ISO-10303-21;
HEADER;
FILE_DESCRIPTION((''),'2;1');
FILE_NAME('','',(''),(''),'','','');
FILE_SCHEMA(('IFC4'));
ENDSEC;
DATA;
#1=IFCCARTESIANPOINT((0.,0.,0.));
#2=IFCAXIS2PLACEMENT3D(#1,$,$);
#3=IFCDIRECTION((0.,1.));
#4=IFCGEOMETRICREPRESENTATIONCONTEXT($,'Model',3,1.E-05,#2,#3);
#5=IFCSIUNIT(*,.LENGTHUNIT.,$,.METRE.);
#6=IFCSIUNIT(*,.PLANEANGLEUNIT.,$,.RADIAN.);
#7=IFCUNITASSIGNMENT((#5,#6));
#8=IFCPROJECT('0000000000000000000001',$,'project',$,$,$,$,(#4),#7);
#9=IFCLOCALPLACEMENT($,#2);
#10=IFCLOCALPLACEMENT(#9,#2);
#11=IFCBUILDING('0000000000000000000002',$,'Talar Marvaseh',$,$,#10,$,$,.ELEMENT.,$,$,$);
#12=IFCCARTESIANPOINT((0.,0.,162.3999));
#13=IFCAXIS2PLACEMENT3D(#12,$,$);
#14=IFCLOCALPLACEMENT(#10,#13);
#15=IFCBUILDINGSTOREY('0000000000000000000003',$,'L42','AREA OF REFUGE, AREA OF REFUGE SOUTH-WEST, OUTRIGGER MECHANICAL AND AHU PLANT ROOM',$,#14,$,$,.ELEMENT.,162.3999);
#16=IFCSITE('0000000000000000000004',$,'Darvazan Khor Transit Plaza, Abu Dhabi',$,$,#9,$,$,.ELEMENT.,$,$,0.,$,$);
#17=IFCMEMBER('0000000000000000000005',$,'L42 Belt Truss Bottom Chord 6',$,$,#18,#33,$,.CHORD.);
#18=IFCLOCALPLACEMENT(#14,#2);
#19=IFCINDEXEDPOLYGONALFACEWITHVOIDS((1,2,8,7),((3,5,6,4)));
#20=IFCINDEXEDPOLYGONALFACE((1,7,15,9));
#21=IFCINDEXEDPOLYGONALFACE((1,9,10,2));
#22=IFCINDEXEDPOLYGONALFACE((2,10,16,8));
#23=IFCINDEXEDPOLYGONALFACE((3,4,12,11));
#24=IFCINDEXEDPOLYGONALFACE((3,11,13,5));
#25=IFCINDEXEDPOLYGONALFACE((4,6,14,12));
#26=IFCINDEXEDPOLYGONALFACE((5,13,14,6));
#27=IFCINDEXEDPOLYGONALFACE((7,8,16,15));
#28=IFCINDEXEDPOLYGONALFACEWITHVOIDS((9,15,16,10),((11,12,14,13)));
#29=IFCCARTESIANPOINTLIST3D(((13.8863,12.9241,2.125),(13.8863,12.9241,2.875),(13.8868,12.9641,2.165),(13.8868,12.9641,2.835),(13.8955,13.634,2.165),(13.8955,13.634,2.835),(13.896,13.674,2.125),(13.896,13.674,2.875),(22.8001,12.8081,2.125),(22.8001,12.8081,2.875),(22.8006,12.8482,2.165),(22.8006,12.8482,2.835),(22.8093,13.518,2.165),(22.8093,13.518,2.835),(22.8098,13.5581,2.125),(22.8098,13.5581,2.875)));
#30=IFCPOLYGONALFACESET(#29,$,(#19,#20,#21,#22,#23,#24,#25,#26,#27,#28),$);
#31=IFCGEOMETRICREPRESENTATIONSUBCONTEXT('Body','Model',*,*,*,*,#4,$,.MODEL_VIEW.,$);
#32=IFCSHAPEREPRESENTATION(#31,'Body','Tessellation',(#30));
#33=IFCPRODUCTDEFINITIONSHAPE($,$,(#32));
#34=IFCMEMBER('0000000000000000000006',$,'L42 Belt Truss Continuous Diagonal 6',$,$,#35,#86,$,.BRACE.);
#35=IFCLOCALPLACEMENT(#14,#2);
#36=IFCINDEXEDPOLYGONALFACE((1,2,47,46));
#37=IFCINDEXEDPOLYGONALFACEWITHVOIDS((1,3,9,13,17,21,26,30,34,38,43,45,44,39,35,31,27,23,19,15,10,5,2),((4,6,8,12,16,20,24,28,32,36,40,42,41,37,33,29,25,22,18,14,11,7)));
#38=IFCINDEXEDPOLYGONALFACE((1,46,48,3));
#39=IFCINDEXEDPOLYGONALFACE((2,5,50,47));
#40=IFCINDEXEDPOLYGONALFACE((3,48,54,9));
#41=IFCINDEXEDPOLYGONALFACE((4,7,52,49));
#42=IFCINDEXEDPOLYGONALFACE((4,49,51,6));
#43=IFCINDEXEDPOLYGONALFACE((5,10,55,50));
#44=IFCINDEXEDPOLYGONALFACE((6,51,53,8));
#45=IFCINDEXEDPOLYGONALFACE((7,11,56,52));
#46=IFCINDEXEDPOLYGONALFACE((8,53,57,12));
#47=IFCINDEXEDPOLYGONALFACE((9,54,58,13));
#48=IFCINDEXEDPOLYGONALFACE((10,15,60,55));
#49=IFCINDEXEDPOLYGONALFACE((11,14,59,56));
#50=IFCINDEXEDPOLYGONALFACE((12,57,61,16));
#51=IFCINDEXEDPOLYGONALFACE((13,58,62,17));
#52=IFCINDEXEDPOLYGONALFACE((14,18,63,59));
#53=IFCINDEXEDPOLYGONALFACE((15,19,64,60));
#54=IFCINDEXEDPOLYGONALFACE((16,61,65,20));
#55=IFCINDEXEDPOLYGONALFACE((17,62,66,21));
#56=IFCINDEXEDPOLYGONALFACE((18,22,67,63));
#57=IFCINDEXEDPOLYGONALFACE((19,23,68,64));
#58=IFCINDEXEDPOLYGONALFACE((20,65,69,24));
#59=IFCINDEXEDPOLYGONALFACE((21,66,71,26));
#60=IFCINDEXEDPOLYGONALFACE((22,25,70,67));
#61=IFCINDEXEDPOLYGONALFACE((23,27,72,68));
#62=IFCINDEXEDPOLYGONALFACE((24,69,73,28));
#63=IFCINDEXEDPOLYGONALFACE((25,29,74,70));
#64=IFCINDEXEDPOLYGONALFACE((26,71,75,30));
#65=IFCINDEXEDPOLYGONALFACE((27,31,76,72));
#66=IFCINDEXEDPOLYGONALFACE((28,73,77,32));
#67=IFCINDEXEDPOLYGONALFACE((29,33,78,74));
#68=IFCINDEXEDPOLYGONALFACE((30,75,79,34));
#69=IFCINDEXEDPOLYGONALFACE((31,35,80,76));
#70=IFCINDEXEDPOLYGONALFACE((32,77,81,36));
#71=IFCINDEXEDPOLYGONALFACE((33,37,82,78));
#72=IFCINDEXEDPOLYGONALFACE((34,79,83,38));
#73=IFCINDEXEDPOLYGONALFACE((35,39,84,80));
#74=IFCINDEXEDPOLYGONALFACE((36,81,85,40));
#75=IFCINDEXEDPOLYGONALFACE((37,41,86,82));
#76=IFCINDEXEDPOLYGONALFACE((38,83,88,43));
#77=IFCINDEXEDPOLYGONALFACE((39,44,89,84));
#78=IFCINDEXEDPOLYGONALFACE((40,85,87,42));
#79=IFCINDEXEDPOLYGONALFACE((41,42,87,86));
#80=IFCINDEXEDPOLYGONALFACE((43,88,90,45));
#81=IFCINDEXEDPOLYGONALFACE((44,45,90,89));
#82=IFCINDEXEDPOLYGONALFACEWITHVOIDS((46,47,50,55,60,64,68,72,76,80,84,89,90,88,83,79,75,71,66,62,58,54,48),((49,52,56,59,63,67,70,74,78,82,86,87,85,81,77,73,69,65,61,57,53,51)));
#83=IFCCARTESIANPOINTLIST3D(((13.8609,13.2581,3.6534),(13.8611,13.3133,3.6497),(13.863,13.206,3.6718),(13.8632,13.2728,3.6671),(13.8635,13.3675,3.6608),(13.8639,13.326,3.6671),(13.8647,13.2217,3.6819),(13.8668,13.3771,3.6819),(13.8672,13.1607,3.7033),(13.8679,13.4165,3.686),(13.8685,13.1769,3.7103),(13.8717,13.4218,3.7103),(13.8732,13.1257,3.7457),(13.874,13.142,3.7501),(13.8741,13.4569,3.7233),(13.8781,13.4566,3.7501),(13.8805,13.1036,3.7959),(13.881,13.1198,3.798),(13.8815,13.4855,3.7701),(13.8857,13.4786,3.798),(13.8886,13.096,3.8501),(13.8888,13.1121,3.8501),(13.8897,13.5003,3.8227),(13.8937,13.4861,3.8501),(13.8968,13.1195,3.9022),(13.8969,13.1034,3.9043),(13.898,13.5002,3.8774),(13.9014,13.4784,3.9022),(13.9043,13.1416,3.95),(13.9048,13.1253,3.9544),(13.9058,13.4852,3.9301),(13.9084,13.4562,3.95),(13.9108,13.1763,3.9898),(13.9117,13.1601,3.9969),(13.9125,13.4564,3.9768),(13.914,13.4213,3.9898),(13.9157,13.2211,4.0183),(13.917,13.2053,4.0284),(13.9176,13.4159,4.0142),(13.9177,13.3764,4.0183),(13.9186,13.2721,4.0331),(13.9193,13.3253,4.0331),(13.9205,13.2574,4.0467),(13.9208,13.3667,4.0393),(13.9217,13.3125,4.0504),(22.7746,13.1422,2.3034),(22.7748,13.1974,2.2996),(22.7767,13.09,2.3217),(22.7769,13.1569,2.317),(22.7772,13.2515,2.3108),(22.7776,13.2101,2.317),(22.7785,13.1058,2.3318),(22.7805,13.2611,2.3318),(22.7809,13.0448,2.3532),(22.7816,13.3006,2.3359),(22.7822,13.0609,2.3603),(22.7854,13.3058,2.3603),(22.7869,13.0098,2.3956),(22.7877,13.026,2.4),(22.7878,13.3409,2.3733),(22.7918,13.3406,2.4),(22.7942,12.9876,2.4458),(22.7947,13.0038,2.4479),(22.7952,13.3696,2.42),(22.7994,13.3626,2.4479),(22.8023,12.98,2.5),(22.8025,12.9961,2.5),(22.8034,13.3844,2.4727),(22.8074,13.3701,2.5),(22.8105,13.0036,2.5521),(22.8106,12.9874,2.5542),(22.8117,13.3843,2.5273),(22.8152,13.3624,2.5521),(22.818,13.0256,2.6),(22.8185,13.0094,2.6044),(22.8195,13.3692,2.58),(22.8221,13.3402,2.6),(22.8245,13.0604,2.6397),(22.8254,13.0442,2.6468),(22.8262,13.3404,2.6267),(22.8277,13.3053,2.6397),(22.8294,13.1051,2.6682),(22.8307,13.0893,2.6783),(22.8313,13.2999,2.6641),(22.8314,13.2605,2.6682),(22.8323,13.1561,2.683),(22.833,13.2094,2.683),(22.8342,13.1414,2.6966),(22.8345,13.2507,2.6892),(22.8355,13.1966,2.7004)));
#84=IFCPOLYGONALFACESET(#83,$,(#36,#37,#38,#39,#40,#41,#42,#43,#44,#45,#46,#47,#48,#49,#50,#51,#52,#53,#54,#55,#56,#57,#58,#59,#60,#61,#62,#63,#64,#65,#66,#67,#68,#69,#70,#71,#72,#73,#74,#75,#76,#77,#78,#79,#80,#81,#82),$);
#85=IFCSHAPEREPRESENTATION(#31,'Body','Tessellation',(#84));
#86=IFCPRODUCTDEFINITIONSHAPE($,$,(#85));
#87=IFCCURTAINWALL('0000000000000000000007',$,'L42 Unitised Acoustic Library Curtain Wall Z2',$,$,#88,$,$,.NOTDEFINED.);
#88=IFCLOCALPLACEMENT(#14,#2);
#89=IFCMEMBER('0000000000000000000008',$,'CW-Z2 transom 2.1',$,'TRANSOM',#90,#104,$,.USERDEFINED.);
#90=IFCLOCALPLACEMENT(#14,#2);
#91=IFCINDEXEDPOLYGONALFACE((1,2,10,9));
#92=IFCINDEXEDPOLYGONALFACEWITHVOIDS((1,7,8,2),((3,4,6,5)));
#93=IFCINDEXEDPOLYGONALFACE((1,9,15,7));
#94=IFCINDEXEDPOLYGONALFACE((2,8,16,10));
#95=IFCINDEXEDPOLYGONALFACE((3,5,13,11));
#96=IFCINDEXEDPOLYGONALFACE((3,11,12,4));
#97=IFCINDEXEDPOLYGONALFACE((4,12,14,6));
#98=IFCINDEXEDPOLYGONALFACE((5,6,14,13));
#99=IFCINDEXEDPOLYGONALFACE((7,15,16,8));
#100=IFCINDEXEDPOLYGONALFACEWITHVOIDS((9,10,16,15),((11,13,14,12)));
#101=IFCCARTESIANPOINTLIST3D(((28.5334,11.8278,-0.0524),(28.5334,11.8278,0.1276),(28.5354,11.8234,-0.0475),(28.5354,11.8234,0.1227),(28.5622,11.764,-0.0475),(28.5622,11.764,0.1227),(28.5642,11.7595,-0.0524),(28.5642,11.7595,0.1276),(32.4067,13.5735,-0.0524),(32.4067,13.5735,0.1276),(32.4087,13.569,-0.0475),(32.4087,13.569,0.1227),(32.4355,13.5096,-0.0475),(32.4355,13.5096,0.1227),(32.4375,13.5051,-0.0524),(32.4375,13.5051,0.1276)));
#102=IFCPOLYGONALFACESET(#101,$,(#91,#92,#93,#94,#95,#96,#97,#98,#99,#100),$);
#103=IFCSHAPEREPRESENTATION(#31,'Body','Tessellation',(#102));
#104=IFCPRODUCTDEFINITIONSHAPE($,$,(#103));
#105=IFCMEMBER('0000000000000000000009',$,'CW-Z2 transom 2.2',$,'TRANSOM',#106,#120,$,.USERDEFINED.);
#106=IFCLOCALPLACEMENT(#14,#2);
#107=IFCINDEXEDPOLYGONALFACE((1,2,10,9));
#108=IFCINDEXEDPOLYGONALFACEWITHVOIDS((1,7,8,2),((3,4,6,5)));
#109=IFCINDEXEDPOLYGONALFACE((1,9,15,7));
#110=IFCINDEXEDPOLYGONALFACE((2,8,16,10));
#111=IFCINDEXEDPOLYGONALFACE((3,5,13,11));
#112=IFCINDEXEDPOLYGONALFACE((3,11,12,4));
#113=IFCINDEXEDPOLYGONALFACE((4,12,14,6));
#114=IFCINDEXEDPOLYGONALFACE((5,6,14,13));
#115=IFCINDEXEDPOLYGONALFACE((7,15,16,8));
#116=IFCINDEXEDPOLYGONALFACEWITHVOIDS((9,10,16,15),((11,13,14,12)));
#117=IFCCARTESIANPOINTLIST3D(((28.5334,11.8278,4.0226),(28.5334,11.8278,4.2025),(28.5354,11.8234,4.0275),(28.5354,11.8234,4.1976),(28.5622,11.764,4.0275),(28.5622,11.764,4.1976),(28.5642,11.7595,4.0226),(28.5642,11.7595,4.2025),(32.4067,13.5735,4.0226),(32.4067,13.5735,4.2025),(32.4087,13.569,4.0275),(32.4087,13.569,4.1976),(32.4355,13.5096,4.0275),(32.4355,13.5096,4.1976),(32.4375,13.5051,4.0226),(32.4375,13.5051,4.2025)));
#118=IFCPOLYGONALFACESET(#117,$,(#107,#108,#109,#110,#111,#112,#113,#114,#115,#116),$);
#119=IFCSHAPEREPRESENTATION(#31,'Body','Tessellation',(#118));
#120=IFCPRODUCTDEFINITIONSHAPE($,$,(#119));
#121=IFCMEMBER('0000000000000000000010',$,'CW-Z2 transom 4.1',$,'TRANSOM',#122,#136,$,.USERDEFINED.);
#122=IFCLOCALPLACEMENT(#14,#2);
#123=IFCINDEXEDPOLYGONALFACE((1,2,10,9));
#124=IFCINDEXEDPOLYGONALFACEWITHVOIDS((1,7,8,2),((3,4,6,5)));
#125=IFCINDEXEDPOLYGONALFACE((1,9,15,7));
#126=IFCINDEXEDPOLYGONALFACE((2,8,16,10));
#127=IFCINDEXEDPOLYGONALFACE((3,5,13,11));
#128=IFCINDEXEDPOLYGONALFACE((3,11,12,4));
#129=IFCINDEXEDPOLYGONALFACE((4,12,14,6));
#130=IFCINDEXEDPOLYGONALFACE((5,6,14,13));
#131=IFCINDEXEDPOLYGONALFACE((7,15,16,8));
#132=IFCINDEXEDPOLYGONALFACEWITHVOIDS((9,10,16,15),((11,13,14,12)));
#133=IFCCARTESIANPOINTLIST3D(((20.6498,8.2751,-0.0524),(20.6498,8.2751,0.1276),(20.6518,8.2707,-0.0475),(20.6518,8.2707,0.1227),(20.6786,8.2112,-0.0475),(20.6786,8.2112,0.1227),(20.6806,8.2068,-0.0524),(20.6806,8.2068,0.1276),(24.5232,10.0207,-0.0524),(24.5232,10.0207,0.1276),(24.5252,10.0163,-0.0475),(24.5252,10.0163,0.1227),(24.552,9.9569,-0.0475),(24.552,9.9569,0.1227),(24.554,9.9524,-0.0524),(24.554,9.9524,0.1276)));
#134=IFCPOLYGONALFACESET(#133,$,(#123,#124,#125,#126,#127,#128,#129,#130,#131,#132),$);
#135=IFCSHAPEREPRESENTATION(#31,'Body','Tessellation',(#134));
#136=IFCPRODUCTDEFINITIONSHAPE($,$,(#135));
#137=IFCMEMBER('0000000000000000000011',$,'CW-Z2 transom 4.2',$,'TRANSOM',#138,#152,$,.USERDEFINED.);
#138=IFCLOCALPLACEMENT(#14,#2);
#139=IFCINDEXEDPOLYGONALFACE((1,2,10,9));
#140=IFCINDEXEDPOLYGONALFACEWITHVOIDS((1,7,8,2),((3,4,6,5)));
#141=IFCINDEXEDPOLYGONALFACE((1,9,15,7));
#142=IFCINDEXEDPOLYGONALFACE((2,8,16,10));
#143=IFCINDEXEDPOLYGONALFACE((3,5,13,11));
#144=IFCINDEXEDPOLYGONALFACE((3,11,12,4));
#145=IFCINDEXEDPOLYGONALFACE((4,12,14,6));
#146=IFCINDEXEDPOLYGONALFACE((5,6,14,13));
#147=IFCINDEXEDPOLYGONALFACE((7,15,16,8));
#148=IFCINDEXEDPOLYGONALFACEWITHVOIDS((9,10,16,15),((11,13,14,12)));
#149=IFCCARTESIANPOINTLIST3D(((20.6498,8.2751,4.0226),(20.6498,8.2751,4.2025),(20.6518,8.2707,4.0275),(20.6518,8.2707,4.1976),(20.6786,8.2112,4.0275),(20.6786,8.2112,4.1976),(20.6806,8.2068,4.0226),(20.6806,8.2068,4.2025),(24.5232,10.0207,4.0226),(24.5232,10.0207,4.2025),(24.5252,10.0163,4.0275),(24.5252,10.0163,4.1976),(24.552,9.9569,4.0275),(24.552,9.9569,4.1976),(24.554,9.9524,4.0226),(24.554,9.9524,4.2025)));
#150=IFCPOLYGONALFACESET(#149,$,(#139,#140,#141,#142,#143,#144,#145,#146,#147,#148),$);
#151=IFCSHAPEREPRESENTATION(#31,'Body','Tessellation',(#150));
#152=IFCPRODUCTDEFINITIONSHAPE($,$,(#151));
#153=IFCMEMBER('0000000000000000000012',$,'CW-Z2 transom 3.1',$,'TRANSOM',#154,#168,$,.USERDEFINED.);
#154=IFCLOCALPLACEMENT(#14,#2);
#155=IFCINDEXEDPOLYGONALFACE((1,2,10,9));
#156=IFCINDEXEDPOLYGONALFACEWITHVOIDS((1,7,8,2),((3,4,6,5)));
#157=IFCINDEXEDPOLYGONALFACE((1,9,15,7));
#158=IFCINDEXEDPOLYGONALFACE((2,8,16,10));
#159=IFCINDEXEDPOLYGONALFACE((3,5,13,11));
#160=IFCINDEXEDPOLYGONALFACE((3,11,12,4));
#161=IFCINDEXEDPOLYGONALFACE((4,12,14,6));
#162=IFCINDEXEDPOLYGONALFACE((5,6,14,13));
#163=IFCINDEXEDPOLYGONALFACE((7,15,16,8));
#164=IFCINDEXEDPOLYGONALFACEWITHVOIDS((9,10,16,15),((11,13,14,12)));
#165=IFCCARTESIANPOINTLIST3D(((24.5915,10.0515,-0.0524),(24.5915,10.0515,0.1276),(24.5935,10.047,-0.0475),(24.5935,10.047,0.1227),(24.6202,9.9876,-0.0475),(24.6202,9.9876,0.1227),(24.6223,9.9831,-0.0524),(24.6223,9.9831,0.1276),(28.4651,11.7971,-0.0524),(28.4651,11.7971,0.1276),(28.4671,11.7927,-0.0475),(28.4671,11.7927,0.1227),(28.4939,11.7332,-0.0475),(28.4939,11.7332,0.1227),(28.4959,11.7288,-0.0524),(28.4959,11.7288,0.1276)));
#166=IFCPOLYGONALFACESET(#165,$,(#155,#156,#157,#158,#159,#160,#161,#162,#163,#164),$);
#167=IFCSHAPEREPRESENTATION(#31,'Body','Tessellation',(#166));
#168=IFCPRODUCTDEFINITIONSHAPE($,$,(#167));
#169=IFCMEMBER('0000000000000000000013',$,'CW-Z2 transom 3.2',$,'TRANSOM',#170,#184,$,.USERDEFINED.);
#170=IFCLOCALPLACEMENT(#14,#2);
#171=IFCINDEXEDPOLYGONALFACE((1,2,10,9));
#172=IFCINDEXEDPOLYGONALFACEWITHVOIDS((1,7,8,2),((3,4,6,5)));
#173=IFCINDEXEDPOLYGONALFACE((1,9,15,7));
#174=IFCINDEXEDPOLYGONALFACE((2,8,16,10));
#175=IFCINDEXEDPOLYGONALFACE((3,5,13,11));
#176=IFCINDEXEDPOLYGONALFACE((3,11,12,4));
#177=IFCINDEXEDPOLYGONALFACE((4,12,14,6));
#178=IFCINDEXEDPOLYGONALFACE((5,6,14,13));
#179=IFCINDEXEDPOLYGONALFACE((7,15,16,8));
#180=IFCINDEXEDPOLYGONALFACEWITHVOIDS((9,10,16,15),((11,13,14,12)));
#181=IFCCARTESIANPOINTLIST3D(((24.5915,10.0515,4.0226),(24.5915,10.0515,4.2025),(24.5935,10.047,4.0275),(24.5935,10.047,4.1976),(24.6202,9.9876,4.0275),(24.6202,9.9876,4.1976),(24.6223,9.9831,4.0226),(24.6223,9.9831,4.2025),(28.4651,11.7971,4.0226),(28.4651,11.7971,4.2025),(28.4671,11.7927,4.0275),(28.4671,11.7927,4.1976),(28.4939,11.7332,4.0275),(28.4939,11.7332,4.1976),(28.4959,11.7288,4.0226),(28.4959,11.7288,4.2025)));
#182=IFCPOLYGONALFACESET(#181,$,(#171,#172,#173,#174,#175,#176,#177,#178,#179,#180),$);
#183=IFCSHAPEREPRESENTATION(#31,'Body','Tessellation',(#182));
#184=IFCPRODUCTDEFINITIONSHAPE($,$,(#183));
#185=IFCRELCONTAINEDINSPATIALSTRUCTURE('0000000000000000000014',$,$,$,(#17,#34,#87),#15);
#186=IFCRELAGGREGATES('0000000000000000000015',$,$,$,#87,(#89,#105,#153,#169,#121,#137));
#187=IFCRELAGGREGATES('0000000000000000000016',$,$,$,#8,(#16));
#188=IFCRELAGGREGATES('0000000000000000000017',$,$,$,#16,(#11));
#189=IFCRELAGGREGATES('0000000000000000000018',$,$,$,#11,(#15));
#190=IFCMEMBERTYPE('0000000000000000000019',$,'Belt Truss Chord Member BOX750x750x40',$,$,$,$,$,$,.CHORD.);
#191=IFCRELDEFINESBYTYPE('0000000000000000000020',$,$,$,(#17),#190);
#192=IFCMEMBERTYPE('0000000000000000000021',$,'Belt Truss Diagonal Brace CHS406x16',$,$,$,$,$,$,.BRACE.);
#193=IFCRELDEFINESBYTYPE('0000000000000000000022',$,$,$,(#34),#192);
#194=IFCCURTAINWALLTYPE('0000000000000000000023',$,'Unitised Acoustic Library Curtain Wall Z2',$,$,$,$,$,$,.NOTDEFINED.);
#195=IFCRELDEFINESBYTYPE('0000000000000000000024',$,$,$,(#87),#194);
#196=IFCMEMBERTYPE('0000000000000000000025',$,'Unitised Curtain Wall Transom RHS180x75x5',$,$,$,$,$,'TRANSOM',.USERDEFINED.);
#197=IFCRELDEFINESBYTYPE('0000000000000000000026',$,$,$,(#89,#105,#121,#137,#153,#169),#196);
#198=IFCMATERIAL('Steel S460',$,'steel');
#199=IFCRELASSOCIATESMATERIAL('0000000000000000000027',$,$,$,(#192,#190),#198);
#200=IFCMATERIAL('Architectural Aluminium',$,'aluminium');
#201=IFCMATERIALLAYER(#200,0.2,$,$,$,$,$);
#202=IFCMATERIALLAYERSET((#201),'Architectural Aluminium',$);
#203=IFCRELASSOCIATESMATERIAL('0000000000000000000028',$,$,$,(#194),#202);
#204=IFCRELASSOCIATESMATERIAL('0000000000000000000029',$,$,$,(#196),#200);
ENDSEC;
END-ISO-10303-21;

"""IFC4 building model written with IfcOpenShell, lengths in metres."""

from ifc_helpers import new_model, si_unit, direction, frame, origin, origin_2d, place, context, subcontext, project, spatial, hollow_rectangle, hollow_circle, extrude, source, transform, mapped, material, layer, layer_set, material_profile, profile_set, type_object, type_shapes, element, aggregate, save


model = new_model("IFC4")

# Units and contexts
model_context = context("Model", 3, precision=1e-05, world=origin(), true_north=direction((0.0, 1.0)))
body_context = subcontext(model_context, "Body", "Model", "MODEL_VIEW")
ifc_project = project(units=[si_unit("LENGTHUNIT", "METRE"), si_unit("PLANEANGLEUNIT", "RADIAN")], contexts=[model_context])

# Site, building, storey
site_placement = place(None, origin())
site = spatial("IfcSite", under=ifc_project, at=site_placement, Name="Darvazan Khor Transit Plaza, Abu Dhabi", CompositionType="ELEMENT", RefElevation=0.0)
building_placement = place(site_placement, origin())
building = spatial("IfcBuilding", under=site, at=building_placement, Name="Talar Marvaseh", CompositionType="ELEMENT")
storey_placement = place(building_placement, frame((0.0, 0.0, 162.3999)))
storey = spatial("IfcBuildingStorey", under=building, at=storey_placement, Name="L42", Description="AREA OF REFUGE, AREA OF REFUGE SOUTH-WEST, OUTRIGGER MECHANICAL AND AHU PLANT ROOM", CompositionType="ELEMENT", Elevation=162.3999)

# Shared definitions
ifc_material_1 = material(Name="Steel S460", Category="steel")

# Members
ifc_material_profile_1 = material_profile(ifc_material_1, hollow_circle(Radius=0.2031, WallThickness=0.0161, at=origin_2d()), Name="CHS406x16")
ifc_profile_set_1 = profile_set([ifc_material_profile_1], Name="Steel S460")
member_type_1 = type_object("IfcMemberType", Name="Belt Truss Diagonal Brace CHS406x16", PredefinedType="BRACE", material=ifc_profile_set_1)
ifc_material_profile_2 = material_profile(ifc_material_1, hollow_rectangle(XDim=0.75, YDim=0.75, WallThickness=0.04, at=origin_2d()), Name="BOX750x750x40")
ifc_profile_set_2 = profile_set([ifc_material_profile_2], Name="Steel S460")
member_type_2 = type_object("IfcMemberType", Name="Belt Truss Chord Member BOX750x750x40", PredefinedType="CHORD", material=ifc_profile_set_2)
shared_shape_1 = source(origin(), body_context, "Body", "SweptSolid", [
    extrude(hollow_rectangle(XDim=0.75, YDim=0.75, WallThickness=0.04, at=origin_2d()), origin(), (0.0, 0.0, 1.0), 8.9146),
])
type_shapes(member_type_2, [shared_shape_1])
member_1_placement = place(storey_placement, frame((22.8049, 13.1831, 2.5), z_axis=(-0.999915, 0.013009, 0.0), x_axis=(-0.013009, -0.999915, 0.0)))
element("IfcMember", 1, at=member_1_placement, inside=storey, type_object=member_type_2, Name="L42 Belt Truss Bottom Chord 6", PredefinedType="CHORD", context=body_context, shape_type="MappedRepresentation", body=[
    mapped(shared_shape_1, transform((0.0, 0.0, 0.0), x_axis=(1.0, 0.0, 0.0), y_axis=(0.0, 1.0, 0.0), z_axis=(0.0, 0.0, 1.0), scale=1.0)),
])
shared_shape_2 = source(origin(), body_context, "Body", "SweptSolid", [
    extrude(hollow_circle(Radius=0.2031, WallThickness=0.0161, at=origin_2d()), origin(), (0.0, 0.0, 1.0), 9.0161),
])
member_2_placement = place(storey_placement, frame((22.8049, 13.1831, 2.5), z_axis=(-0.988642, 0.012862, 0.149741), x_axis=(-0.013009, -0.999915, 0.0)))
element("IfcMember", 2, at=member_2_placement, inside=storey, type_object=member_type_1, Name="L42 Belt Truss Continuous Diagonal 6", PredefinedType="BRACE", context=body_context, shape_type="MappedRepresentation", body=[
    mapped(shared_shape_2, transform((0.0, 0.0, 0.0), x_axis=(1.0, 0.0, 0.0), y_axis=(0.0, 1.0, 0.0), z_axis=(0.0, 0.0, 1.0), scale=1.0)),
])

# Curtain wall, members
ifc_material_2 = material(Name="Architectural Aluminium", Category="aluminium")
ifc_layer_1 = layer(ifc_material_2, 0.2)
ifc_layer_set_1 = layer_set([ifc_layer_1], Name="Architectural Aluminium")
curtain_wall_type = type_object("IfcCurtainWallType", Name="Unitised Acoustic Library Curtain Wall Z2", PredefinedType="NOTDEFINED", material=ifc_layer_set_1)
curtain_wall_placement = place(storey_placement, origin())
curtain_wall = element("IfcCurtainWall", 3, at=curtain_wall_placement, inside=storey, type_object=curtain_wall_type, Name="L42 Unitised Acoustic Library Curtain Wall Z2", PredefinedType="NOTDEFINED")
ifc_material_profile_3 = material_profile(ifc_material_2, hollow_rectangle(XDim=0.075, YDim=0.1799, WallThickness=0.0049, at=origin_2d()), Name="RHS180x75x5")
ifc_profile_set_3 = profile_set([ifc_material_profile_3], Name="Architectural Aluminium")
member_type_3 = type_object("IfcMemberType", Name="Unitised Curtain Wall Transom RHS180x75x5", ElementType="TRANSOM", PredefinedType="USERDEFINED", material=ifc_profile_set_3)
shared_shape_3 = source(origin(), body_context, "Body", "SweptSolid", [
    extrude(hollow_rectangle(XDim=0.075, YDim=0.1799, WallThickness=0.0049, at=origin_2d()), origin(), (0.0, 0.0, 1.0), 4.2485),
])
member_3_placement = place(storey_placement, frame((32.4221, 13.5393, 0.0376), z_axis=(-0.91169, -0.410878, 0.0), x_axis=(0.410878, -0.91169, 0.0)))
member_3 = element("IfcMember", 4, at=member_3_placement, type_object=member_type_3, Name="CW-Z2 transom 2.1", ObjectType="TRANSOM", PredefinedType="USERDEFINED", context=body_context, shape_type="MappedRepresentation", body=[
    mapped(shared_shape_3, transform((0.0, 0.0, 0.0), x_axis=(1.0, 0.0, 0.0), y_axis=(0.0, 1.0, 0.0), z_axis=(0.0, 0.0, 1.0), scale=1.0)),
])
member_4_placement = place(storey_placement, frame((32.4221, 13.5393, 4.1125), z_axis=(-0.91169, -0.410878, 0.0), x_axis=(0.410878, -0.91169, 0.0)))
member_4 = element("IfcMember", 5, at=member_4_placement, type_object=member_type_3, Name="CW-Z2 transom 2.2", ObjectType="TRANSOM", PredefinedType="USERDEFINED", context=body_context, shape_type="MappedRepresentation", body=[
    mapped(shared_shape_3, transform((0.0, 0.0, 0.0), x_axis=(1.0, 0.0, 0.0), y_axis=(0.0, 1.0, 0.0), z_axis=(0.0, 0.0, 1.0), scale=1.0)),
])
member_5_placement = place(storey_placement, frame((24.5386, 9.9866, 0.0376), z_axis=(-0.91169, -0.410878, 0.0), x_axis=(0.410878, -0.91169, 0.0)))
member_5 = element("IfcMember", 6, at=member_5_placement, type_object=member_type_3, Name="CW-Z2 transom 4.1", ObjectType="TRANSOM", PredefinedType="USERDEFINED", context=body_context, shape_type="MappedRepresentation", body=[
    mapped(shared_shape_3, transform((0.0, 0.0, 0.0), x_axis=(1.0, 0.0, 0.0), y_axis=(0.0, 1.0, 0.0), z_axis=(0.0, 0.0, 1.0), scale=1.0)),
])
member_6_placement = place(storey_placement, frame((24.5386, 9.9866, 4.1125), z_axis=(-0.91169, -0.410878, 0.0), x_axis=(0.410878, -0.91169, 0.0)))
member_6 = element("IfcMember", 7, at=member_6_placement, type_object=member_type_3, Name="CW-Z2 transom 4.2", ObjectType="TRANSOM", PredefinedType="USERDEFINED", context=body_context, shape_type="MappedRepresentation", body=[
    mapped(shared_shape_3, transform((0.0, 0.0, 0.0), x_axis=(1.0, 0.0, 0.0), y_axis=(0.0, 1.0, 0.0), z_axis=(0.0, 0.0, 1.0), scale=1.0)),
])
shared_shape_4 = source(origin(), body_context, "Body", "SweptSolid", [
    extrude(hollow_rectangle(XDim=0.075, YDim=0.1799, WallThickness=0.0049, at=origin_2d()), origin(), (0.0, 0.0, 1.0), 4.2488),
])
type_shapes(member_type_3, [shared_shape_3, shared_shape_4])
member_7_placement = place(storey_placement, frame((28.4805, 11.7629, 0.0376), z_axis=(-0.9117, -0.410857, 0.0), x_axis=(0.410857, -0.9117, 0.0)))
member_7 = element("IfcMember", 8, at=member_7_placement, type_object=member_type_3, Name="CW-Z2 transom 3.1", ObjectType="TRANSOM", PredefinedType="USERDEFINED", context=body_context, shape_type="MappedRepresentation", body=[
    mapped(shared_shape_4, transform((0.0, 0.0, 0.0), x_axis=(1.0, 0.0, 0.0), y_axis=(0.0, 1.0, 0.0), z_axis=(0.0, 0.0, 1.0), scale=1.0)),
])
member_8_placement = place(storey_placement, frame((28.4805, 11.7629, 4.1125), z_axis=(-0.9117, -0.410857, 0.0), x_axis=(0.410857, -0.9117, 0.0)))
member_8 = element("IfcMember", 9, at=member_8_placement, type_object=member_type_3, Name="CW-Z2 transom 3.2", ObjectType="TRANSOM", PredefinedType="USERDEFINED", context=body_context, shape_type="MappedRepresentation", body=[
    mapped(shared_shape_4, transform((0.0, 0.0, 0.0), x_axis=(1.0, 0.0, 0.0), y_axis=(0.0, 1.0, 0.0), z_axis=(0.0, 0.0, 1.0), scale=1.0)),
])

aggregate(curtain_wall, [member_3, member_4, member_7, member_8, member_5, member_6])

save(model, "model.ifc")
